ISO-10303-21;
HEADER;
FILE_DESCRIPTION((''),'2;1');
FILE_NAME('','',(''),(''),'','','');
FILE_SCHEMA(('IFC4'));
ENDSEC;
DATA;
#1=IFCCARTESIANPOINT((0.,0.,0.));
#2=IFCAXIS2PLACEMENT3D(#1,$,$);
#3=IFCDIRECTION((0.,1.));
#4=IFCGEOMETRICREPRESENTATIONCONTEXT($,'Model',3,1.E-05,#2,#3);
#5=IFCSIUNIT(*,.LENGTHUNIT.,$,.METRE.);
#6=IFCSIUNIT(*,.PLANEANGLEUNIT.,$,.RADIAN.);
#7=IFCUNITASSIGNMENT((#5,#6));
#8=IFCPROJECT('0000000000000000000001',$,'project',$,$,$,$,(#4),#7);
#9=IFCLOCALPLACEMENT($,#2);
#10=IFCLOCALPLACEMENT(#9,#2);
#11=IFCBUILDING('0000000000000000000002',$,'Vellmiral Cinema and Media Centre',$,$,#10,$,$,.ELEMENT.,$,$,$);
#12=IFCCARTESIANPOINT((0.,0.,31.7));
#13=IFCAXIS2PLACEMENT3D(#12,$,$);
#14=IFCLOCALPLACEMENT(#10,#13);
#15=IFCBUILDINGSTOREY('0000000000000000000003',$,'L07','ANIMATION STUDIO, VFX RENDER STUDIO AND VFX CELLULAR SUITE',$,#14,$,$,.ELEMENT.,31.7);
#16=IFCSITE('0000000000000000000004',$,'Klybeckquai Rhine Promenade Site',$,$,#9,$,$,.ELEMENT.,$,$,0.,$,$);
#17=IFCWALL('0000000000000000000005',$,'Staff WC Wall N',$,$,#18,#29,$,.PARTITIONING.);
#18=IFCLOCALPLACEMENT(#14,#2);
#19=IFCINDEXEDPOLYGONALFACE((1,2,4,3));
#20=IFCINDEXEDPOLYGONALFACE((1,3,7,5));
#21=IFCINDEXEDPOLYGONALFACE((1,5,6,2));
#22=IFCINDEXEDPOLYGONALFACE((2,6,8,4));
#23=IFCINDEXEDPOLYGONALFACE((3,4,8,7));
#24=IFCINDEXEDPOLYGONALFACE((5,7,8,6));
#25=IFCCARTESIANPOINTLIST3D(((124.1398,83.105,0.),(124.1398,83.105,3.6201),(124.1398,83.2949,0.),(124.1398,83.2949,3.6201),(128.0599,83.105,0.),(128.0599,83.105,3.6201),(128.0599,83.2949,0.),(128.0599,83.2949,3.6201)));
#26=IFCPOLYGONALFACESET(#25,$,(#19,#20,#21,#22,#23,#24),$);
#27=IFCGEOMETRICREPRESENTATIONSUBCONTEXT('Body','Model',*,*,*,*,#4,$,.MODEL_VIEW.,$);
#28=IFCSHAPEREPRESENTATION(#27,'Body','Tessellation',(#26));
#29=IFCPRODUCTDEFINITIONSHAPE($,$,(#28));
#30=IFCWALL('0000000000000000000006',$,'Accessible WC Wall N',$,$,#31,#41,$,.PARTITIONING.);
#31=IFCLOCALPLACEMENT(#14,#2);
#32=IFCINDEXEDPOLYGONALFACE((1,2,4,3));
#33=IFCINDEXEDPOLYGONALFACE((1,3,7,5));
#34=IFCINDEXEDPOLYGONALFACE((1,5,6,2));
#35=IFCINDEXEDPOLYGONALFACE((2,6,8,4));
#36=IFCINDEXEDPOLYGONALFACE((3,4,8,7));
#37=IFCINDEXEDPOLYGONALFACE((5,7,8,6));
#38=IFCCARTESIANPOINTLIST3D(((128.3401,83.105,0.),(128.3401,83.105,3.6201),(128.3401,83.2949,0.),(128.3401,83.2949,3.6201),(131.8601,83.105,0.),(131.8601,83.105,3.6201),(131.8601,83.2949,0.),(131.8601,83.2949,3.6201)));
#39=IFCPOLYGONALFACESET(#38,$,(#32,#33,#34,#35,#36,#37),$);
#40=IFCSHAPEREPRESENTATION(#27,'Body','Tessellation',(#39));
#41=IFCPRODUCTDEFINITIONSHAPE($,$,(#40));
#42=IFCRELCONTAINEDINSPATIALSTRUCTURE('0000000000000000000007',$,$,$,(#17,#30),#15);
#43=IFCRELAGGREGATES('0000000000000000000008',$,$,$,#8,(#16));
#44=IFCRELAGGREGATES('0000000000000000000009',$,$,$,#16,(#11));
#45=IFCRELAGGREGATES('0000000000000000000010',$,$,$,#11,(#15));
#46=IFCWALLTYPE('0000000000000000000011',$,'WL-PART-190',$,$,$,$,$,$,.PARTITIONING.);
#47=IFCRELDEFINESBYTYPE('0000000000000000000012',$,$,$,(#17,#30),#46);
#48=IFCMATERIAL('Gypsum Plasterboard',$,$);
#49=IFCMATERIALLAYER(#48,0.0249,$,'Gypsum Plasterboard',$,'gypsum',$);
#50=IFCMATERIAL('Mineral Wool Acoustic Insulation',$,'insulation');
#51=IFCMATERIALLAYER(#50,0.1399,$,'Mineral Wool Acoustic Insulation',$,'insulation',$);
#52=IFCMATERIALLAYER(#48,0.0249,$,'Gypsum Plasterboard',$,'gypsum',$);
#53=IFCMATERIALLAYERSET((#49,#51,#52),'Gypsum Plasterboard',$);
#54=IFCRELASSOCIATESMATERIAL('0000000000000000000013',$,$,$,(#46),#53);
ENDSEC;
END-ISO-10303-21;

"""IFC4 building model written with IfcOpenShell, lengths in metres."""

from ifc_helpers import new_model, si_unit, direction, frame, frame_2d, origin, place, context, subcontext, project, spatial, rectangle, extrude, material, layer, layer_set, type_object, element, save


model = new_model("IFC4")

# Units and contexts
model_context = context("Model", 3, precision=1e-05, world=origin(), true_north=direction((0.0, 1.0)))
body_context = subcontext(model_context, "Body", "Model", "MODEL_VIEW")
ifc_project = project(units=[si_unit("LENGTHUNIT", "METRE"), si_unit("PLANEANGLEUNIT", "RADIAN")], contexts=[model_context])

# Site, building, storey
site_placement = place(None, origin())
site = spatial("IfcSite", under=ifc_project, at=site_placement, Name="Klybeckquai Rhine Promenade Site", CompositionType="ELEMENT", RefElevation=0.0)
building_placement = place(site_placement, origin())
building = spatial("IfcBuilding", under=site, at=building_placement, Name="Vellmiral Cinema and Media Centre", CompositionType="ELEMENT")
storey_placement = place(building_placement, frame((0.0, 0.0, 31.7)))
storey = spatial("IfcBuildingStorey", under=building, at=storey_placement, Name="L07", Description="ANIMATION STUDIO, VFX RENDER STUDIO AND VFX CELLULAR SUITE", CompositionType="ELEMENT", Elevation=31.7)

# Walls
ifc_material_1 = material(Name="Gypsum Plasterboard")
ifc_layer_1 = layer(ifc_material_1, 0.0249, Name="Gypsum Plasterboard", Category="gypsum")
ifc_material_2 = material(Name="Mineral Wool Acoustic Insulation", Category="insulation")
ifc_layer_2 = layer(ifc_material_2, 0.1399, Name="Mineral Wool Acoustic Insulation", Category="insulation")
ifc_layer_3 = layer(ifc_material_1, 0.0249, Name="Gypsum Plasterboard", Category="gypsum")
ifc_layer_set_1 = layer_set([ifc_layer_1, ifc_layer_2, ifc_layer_3], Name="Gypsum Plasterboard")
wall_type_1 = type_object("IfcWallType", Name="WL-PART-190", PredefinedType="PARTITIONING", material=ifc_layer_set_1)
wall_1_placement = place(storey_placement, frame((124.1399, 83.2, 0.0), z_axis=(0.0, 0.0, 1.0), x_axis=(1.0, 0.0, 0.0)))
element("IfcWall", 1, at=wall_1_placement, inside=storey, type_object=wall_type_1, Name="Staff WC Wall N", PredefinedType="PARTITIONING", context=body_context, shape_type="SweptSolid", body=[
    extrude(rectangle(XDim=3.9202, YDim=0.1899, at=frame_2d((1.96, 0.0))), origin(), (0.0, 0.0, 1.0), 3.6201),
])
wall_2_placement = place(storey_placement, frame((128.3401, 83.2, 0.0), z_axis=(0.0, 0.0, 1.0), x_axis=(1.0, 0.0, 0.0)))
element("IfcWall", 2, at=wall_2_placement, inside=storey, type_object=wall_type_1, Name="Accessible WC Wall N", PredefinedType="PARTITIONING", context=body_context, shape_type="SweptSolid", body=[
    extrude(rectangle(XDim=3.52, YDim=0.1899, at=frame_2d((1.76, 0.0))), origin(), (0.0, 0.0, 1.0), 3.6201),
])

save(model, "model.ifc")
